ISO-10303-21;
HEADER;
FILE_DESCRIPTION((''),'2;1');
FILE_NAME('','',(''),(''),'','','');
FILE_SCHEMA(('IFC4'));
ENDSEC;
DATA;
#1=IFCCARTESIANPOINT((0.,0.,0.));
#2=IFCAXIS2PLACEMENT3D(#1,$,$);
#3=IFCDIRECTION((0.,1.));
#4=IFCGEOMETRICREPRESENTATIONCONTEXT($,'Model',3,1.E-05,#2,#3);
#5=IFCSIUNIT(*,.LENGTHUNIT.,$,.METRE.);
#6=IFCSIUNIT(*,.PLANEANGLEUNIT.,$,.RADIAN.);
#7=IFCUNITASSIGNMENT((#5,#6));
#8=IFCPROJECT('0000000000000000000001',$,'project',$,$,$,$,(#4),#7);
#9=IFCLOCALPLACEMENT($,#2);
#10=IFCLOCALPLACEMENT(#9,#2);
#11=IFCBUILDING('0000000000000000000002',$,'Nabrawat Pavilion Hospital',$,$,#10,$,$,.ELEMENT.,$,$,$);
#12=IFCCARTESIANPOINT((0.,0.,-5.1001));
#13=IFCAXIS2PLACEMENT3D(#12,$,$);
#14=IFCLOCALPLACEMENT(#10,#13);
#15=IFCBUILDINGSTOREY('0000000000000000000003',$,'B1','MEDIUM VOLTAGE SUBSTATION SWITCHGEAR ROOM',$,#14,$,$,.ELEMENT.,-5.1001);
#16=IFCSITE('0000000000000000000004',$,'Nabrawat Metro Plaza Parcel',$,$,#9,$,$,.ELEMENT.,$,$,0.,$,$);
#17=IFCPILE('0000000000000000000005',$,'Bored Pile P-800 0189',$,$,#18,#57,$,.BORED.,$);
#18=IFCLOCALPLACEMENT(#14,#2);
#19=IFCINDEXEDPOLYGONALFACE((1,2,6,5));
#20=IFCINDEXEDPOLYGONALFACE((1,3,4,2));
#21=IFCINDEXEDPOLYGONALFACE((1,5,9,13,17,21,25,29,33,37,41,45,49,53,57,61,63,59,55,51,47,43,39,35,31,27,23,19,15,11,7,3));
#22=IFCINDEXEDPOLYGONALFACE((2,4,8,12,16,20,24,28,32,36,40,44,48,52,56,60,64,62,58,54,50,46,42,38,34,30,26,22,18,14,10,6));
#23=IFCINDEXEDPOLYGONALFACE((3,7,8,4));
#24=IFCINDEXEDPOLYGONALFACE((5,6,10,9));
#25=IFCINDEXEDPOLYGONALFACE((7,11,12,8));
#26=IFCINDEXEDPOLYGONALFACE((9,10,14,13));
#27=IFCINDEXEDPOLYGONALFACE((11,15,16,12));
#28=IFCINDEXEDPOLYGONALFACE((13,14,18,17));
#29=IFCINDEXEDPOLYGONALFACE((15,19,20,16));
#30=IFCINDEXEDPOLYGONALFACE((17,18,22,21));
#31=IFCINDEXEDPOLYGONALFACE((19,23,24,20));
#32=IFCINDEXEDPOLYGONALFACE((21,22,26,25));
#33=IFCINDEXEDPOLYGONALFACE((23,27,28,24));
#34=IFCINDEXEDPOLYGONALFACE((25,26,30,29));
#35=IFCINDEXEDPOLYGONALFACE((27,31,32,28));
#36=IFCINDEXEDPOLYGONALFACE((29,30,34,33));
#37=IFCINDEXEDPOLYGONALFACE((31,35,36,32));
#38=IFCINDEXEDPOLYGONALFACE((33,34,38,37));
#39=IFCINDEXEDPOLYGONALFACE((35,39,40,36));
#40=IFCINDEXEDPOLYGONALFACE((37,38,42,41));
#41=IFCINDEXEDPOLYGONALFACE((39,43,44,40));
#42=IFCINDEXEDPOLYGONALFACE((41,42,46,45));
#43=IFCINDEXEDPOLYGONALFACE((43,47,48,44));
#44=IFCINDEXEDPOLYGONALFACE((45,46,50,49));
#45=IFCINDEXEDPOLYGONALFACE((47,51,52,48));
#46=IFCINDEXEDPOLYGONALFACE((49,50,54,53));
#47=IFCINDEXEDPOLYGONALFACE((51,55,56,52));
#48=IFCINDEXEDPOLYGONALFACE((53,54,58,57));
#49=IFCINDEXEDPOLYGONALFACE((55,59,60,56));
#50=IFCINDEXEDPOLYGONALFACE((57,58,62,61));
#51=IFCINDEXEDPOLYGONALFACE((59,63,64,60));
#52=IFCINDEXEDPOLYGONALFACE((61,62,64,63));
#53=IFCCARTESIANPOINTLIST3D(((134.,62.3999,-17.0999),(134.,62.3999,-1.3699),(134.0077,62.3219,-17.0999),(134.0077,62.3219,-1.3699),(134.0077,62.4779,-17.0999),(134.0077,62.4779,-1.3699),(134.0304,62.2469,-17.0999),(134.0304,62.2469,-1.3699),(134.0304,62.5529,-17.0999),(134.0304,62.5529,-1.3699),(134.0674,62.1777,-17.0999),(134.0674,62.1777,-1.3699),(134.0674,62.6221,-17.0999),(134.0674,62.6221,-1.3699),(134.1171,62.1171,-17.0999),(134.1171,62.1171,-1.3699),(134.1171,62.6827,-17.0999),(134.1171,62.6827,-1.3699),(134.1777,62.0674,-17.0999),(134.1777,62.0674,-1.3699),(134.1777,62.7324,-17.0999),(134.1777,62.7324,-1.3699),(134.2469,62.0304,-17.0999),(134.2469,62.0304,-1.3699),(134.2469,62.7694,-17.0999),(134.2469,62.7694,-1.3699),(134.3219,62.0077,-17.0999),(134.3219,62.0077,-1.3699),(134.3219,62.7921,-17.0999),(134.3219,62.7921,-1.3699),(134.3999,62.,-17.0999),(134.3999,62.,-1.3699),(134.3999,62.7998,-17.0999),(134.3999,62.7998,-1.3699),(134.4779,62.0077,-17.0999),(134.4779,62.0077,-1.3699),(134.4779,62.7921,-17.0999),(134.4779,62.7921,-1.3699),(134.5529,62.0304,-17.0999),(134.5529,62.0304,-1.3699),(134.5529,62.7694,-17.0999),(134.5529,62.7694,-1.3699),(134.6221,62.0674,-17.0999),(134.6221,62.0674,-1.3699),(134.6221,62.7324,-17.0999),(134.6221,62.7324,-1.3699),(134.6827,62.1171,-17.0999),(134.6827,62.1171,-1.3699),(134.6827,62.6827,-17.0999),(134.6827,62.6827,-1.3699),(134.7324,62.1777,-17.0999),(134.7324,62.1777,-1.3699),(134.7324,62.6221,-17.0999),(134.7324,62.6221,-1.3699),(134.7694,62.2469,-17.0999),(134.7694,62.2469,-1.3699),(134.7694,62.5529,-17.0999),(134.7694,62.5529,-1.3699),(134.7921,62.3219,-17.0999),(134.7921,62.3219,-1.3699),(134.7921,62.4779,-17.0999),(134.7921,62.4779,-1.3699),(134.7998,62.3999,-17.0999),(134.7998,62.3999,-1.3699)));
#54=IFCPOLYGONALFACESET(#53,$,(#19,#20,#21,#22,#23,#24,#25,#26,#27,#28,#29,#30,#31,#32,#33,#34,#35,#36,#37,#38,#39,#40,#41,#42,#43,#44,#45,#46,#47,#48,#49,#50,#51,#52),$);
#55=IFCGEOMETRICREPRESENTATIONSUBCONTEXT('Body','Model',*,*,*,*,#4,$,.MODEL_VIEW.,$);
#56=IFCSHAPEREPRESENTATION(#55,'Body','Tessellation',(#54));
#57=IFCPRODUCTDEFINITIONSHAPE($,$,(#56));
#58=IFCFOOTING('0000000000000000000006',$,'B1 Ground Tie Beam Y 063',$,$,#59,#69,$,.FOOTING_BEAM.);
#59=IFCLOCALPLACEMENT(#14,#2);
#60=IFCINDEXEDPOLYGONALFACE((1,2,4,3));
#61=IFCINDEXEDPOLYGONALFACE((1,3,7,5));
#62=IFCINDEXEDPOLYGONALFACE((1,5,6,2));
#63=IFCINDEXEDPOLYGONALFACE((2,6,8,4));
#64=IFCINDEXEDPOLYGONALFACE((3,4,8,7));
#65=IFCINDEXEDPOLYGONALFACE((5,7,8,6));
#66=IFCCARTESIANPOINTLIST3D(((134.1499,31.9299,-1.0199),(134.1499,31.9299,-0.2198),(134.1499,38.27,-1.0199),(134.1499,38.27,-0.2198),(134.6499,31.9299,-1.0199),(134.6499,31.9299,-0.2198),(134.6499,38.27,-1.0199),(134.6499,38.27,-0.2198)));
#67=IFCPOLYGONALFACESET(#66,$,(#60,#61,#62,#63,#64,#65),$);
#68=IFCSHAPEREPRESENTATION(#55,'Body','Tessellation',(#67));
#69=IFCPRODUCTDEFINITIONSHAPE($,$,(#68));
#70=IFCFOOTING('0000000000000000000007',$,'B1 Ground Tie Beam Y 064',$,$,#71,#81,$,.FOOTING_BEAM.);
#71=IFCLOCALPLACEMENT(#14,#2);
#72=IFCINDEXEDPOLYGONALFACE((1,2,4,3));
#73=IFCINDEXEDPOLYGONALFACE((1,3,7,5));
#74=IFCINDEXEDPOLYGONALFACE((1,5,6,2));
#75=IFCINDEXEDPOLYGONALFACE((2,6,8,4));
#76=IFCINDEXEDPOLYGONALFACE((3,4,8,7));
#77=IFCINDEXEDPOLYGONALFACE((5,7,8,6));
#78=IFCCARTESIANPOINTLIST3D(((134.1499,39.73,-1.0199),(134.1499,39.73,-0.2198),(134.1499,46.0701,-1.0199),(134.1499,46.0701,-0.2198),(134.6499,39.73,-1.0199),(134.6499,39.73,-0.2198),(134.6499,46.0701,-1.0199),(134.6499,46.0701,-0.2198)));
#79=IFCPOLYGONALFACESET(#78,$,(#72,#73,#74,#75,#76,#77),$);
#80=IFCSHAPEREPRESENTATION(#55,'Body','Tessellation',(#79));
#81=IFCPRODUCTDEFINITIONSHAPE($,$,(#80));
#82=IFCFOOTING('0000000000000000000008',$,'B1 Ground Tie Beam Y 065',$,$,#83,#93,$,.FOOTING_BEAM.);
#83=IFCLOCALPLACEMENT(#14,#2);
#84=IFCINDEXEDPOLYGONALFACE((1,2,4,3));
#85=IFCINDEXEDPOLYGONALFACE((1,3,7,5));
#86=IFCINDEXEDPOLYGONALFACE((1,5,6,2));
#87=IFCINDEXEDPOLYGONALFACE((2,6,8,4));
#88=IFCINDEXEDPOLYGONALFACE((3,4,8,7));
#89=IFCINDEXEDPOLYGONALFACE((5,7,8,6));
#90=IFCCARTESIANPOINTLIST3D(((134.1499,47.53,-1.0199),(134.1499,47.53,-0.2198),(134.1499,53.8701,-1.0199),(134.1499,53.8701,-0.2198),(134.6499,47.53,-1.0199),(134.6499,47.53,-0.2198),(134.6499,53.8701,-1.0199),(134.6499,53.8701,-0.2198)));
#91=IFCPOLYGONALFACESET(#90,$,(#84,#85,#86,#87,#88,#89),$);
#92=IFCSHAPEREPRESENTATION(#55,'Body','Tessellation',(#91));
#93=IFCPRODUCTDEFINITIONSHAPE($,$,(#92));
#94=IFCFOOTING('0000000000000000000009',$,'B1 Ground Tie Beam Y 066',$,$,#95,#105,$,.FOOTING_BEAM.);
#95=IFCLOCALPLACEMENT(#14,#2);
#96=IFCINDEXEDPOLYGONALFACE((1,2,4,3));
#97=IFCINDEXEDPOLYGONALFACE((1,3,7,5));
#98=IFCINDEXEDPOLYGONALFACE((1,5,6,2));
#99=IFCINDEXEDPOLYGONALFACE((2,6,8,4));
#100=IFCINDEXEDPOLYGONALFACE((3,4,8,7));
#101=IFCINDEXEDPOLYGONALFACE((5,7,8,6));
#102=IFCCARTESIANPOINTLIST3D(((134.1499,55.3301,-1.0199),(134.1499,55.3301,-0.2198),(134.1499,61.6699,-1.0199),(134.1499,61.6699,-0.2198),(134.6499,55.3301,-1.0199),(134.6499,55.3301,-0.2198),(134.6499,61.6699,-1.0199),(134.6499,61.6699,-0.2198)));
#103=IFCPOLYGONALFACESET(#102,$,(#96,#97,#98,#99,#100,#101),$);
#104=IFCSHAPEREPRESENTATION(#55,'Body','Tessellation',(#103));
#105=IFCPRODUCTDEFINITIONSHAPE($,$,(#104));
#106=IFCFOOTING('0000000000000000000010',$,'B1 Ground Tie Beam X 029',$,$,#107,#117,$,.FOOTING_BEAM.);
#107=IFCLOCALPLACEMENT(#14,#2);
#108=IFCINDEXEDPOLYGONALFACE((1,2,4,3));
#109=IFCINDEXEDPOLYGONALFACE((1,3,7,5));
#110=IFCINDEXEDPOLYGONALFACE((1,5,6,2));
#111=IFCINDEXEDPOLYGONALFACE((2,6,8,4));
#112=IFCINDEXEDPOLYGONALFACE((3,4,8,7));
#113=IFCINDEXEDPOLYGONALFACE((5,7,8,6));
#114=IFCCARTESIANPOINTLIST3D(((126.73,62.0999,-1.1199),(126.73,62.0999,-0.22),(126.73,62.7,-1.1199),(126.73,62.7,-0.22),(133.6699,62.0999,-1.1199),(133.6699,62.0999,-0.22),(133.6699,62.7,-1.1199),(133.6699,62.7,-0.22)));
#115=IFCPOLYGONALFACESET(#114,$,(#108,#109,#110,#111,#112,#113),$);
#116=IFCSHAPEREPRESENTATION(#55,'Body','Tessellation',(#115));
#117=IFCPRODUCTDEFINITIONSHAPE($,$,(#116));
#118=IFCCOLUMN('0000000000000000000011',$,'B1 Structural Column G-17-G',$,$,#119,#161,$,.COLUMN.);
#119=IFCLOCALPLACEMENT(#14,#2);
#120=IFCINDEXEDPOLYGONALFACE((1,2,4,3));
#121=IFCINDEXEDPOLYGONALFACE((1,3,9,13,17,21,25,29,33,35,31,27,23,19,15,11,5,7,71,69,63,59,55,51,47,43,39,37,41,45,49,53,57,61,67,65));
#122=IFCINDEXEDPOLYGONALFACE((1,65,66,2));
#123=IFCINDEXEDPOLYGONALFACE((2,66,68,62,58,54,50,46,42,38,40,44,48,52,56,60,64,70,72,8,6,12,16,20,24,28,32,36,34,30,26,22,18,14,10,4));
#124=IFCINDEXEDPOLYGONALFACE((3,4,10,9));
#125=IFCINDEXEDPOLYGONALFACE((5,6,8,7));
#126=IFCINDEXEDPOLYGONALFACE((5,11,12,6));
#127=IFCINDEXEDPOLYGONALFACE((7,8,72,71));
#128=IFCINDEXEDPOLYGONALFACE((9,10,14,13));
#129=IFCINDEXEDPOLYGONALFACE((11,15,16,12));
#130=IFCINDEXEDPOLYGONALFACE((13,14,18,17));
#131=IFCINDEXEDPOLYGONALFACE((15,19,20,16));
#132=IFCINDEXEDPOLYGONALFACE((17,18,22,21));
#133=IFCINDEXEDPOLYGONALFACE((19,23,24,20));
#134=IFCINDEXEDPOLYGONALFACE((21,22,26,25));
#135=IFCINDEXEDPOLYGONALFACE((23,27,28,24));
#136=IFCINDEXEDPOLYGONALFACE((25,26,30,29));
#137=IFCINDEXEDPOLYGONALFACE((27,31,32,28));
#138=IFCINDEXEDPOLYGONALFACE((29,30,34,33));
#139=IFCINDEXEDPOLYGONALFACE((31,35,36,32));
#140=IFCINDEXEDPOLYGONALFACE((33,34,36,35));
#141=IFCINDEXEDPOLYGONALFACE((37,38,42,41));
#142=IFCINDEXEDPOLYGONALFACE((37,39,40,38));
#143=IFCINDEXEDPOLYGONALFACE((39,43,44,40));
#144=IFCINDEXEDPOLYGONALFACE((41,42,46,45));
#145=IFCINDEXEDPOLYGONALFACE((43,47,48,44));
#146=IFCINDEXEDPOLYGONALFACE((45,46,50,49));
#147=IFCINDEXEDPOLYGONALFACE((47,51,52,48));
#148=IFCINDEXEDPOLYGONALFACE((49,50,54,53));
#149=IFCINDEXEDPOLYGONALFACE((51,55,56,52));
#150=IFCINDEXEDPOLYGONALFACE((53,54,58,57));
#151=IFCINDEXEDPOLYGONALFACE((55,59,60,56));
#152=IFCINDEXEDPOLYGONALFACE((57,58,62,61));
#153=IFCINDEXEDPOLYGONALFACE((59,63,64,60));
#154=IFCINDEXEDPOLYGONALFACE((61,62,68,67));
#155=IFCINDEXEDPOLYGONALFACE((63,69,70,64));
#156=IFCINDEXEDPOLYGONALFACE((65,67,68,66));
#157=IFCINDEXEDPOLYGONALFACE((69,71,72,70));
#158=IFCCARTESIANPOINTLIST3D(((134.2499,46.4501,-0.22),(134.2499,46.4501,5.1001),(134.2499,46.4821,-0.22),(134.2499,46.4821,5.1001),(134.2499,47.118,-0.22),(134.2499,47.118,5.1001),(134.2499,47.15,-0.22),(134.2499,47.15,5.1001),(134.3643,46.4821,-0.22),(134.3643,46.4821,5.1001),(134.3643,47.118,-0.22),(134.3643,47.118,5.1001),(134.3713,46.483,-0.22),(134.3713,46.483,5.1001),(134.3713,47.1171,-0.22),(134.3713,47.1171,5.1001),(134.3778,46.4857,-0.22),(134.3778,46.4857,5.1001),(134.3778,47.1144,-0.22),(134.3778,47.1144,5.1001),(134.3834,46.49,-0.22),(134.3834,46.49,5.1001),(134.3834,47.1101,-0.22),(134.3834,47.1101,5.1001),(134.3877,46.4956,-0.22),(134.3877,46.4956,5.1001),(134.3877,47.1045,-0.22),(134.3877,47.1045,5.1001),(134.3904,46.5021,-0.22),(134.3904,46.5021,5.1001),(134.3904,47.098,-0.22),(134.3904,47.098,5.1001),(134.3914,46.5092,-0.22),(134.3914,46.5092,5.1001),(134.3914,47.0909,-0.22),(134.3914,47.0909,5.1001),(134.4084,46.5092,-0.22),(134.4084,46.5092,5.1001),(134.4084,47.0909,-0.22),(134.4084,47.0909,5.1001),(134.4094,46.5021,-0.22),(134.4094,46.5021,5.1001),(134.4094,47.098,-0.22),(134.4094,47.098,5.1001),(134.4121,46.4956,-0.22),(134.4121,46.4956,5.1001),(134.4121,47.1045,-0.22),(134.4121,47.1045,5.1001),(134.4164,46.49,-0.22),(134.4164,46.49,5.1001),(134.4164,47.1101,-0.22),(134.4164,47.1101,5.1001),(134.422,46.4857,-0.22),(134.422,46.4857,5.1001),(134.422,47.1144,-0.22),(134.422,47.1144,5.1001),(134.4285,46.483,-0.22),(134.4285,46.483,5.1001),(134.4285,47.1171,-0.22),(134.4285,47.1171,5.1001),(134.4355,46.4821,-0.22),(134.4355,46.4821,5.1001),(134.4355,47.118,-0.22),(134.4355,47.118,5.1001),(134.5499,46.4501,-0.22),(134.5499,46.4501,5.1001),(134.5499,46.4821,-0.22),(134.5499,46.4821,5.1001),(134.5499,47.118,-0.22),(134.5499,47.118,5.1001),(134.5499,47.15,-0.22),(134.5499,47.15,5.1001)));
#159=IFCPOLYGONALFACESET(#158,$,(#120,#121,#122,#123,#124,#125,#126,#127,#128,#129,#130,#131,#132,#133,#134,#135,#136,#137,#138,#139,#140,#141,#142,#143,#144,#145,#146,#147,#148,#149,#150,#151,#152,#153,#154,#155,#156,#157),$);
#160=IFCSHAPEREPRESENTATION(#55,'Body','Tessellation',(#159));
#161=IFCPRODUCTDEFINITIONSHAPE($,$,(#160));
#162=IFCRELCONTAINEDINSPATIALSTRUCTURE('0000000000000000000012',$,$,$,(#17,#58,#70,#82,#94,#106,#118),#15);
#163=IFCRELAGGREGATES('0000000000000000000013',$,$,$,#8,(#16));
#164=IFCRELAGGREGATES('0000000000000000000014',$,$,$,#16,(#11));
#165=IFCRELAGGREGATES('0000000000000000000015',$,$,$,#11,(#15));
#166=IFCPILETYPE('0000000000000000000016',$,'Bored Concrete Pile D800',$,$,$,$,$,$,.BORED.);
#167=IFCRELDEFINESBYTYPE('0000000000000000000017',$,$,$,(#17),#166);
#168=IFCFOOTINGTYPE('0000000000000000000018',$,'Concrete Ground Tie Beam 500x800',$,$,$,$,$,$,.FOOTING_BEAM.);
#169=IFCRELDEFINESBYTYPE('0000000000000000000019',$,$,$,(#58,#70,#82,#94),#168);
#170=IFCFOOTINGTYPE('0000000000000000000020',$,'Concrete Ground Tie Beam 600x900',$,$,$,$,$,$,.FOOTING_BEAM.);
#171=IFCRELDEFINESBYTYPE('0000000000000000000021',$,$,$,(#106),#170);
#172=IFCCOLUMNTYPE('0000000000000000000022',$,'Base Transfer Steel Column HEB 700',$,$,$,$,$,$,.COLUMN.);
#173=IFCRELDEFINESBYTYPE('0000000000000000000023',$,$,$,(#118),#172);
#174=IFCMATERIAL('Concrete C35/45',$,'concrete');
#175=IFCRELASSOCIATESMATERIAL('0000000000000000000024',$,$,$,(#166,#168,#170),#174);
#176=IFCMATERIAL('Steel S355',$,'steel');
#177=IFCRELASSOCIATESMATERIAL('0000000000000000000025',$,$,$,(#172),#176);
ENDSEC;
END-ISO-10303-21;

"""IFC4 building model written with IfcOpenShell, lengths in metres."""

from ifc_helpers import new_model, si_unit, direction, frame, origin, origin_2d, place, context, subcontext, project, spatial, rectangle, circle, i_section, extrude, material, material_profile, profile_set, type_object, element, save


model = new_model("IFC4")

# Units and contexts
model_context = context("Model", 3, precision=1e-05, world=origin(), true_north=direction((0.0, 1.0)))
body_context = subcontext(model_context, "Body", "Model", "MODEL_VIEW")
ifc_project = project(units=[si_unit("LENGTHUNIT", "METRE"), si_unit("PLANEANGLEUNIT", "RADIAN")], contexts=[model_context])

# Site, building, storey
site_placement = place(None, origin())
site = spatial("IfcSite", under=ifc_project, at=site_placement, Name="Nabrawat Metro Plaza Parcel", CompositionType="ELEMENT", RefElevation=0.0)
building_placement = place(site_placement, origin())
building = spatial("IfcBuilding", under=site, at=building_placement, Name="Nabrawat Pavilion Hospital", CompositionType="ELEMENT")
storey_placement = place(building_placement, frame((0.0, 0.0, -5.1001)))
storey = spatial("IfcBuildingStorey", under=building, at=storey_placement, Name="B1", Description="MEDIUM VOLTAGE SUBSTATION SWITCHGEAR ROOM", CompositionType="ELEMENT", Elevation=-5.1001)

# Pile
ifc_material_1 = material(Name="Concrete C35/45", Category="concrete")
ifc_material_profile_1 = material_profile(ifc_material_1, circle(Radius=0.3999, at=origin_2d()), Name="DIA 800")
ifc_profile_set_1 = profile_set([ifc_material_profile_1], Name="Concrete C35/45")
pile_type_1 = type_object("IfcPileType", Name="Bored Concrete Pile D800", PredefinedType="BORED", material=ifc_profile_set_1)
for number, where, z_axis, x_axis, name in (
    (1, (134.3999, 62.3999, -1.3699), (0.0, 0.0, -1.0), (1.0, 0.0, 0.0), "Bored Pile P-800 0189"),
):
    element("IfcPile", number, at=place(storey_placement, frame(where, z_axis=z_axis, x_axis=x_axis)), inside=storey, type_object=pile_type_1, Name=name, PredefinedType="BORED", context=body_context, shape_type="SweptSolid", body=[
        extrude(circle(Radius=0.3999, at=origin_2d()), origin(), (0.0, 0.0, 1.0), 15.73),
    ])

# Footings
ifc_material_profile_2 = material_profile(ifc_material_1, rectangle(XDim=0.5, YDim=0.8, at=origin_2d()), Name="RC 500x800")
ifc_profile_set_2 = profile_set([ifc_material_profile_2], Name="Concrete C35/45")
footing_type_1 = type_object("IfcFootingType", Name="Concrete Ground Tie Beam 500x800", PredefinedType="FOOTING_BEAM", material=ifc_profile_set_2)
for number, where, z_axis, x_axis, name in (
    (2, (134.3999, 31.9299, -0.6199), (0.0, 1.0, 0.0), (-1.0, 0.0, 0.0), "B1 Ground Tie Beam Y 063"),
    (3, (134.3999, 39.73, -0.6199), (0.0, 1.0, 0.0), (-1.0, 0.0, 0.0), "B1 Ground Tie Beam Y 064"),
    (4, (134.3999, 47.53, -0.6199), (0.0, 1.0, 0.0), (-1.0, 0.0, 0.0), "B1 Ground Tie Beam Y 065"),
):
    element("IfcFooting", number, at=place(storey_placement, frame(where, z_axis=z_axis, x_axis=x_axis)), inside=storey, type_object=footing_type_1, Name=name, PredefinedType="FOOTING_BEAM", context=body_context, shape_type="SweptSolid", body=[
        extrude(rectangle(XDim=0.5, YDim=0.8, at=origin_2d()), origin(), (0.0, 0.0, 1.0), 6.3401),
    ])
footing_1_placement = place(storey_placement, frame((134.3999, 55.3301, -0.6199), z_axis=(0.0, 1.0, 0.0), x_axis=(-1.0, 0.0, 0.0)))
element("IfcFooting", 5, at=footing_1_placement, inside=storey, type_object=footing_type_1, Name="B1 Ground Tie Beam Y 066", PredefinedType="FOOTING_BEAM", context=body_context, shape_type="SweptSolid", body=[
    extrude(rectangle(XDim=0.5, YDim=0.8, at=origin_2d()), origin(), (0.0, 0.0, 1.0), 6.3398),
])
ifc_material_profile_3 = material_profile(ifc_material_1, rectangle(XDim=0.6001, YDim=0.8999, at=origin_2d()), Name="RC 600x900")
ifc_profile_set_3 = profile_set([ifc_material_profile_3], Name="Concrete C35/45")
footing_type_2 = type_object("IfcFootingType", Name="Concrete Ground Tie Beam 600x900", PredefinedType="FOOTING_BEAM", material=ifc_profile_set_3)
footing_2_placement = place(storey_placement, frame((126.73, 62.3999, -0.6699), z_axis=(1.0, 0.0, 0.0), x_axis=(0.0, 1.0, 0.0)))
element("IfcFooting", 6, at=footing_2_placement, inside=storey, type_object=footing_type_2, Name="B1 Ground Tie Beam X 029", PredefinedType="FOOTING_BEAM", context=body_context, shape_type="SweptSolid", body=[
    extrude(rectangle(XDim=0.6001, YDim=0.8999, at=origin_2d()), origin(), (0.0, 0.0, 1.0), 6.9399),
])

# Column
ifc_material_2 = material(Name="Steel S355", Category="steel")
ifc_material_profile_4 = material_profile(ifc_material_2, i_section(OverallWidth=0.3, OverallDepth=0.7, WebThickness=0.0171, FlangeThickness=0.032, FilletRadius=0.0271, at=origin_2d()), Name="HEB 700")
ifc_profile_set_4 = profile_set([ifc_material_profile_4], Name="Steel S355")
column_type_1 = type_object("IfcColumnType", Name="Base Transfer Steel Column HEB 700", PredefinedType="COLUMN", material=ifc_profile_set_4)
for number, where, z_axis, x_axis, name in (
    (7, (134.3999, 46.8, -0.22), (0.0, 0.0, 1.0), (1.0, 0.0, 0.0), "B1 Structural Column G-17-G"),
):
    element("IfcColumn", number, at=place(storey_placement, frame(where, z_axis=z_axis, x_axis=x_axis)), inside=storey, type_object=column_type_1, Name=name, PredefinedType="COLUMN", context=body_context, shape_type="SweptSolid", body=[
        extrude(i_section(OverallWidth=0.3, OverallDepth=0.7, WebThickness=0.0171, FlangeThickness=0.032, FilletRadius=0.0271, at=origin_2d()), origin(), (0.0, 0.0, 1.0), 5.3201),
    ])

save(model, "model.ifc")
